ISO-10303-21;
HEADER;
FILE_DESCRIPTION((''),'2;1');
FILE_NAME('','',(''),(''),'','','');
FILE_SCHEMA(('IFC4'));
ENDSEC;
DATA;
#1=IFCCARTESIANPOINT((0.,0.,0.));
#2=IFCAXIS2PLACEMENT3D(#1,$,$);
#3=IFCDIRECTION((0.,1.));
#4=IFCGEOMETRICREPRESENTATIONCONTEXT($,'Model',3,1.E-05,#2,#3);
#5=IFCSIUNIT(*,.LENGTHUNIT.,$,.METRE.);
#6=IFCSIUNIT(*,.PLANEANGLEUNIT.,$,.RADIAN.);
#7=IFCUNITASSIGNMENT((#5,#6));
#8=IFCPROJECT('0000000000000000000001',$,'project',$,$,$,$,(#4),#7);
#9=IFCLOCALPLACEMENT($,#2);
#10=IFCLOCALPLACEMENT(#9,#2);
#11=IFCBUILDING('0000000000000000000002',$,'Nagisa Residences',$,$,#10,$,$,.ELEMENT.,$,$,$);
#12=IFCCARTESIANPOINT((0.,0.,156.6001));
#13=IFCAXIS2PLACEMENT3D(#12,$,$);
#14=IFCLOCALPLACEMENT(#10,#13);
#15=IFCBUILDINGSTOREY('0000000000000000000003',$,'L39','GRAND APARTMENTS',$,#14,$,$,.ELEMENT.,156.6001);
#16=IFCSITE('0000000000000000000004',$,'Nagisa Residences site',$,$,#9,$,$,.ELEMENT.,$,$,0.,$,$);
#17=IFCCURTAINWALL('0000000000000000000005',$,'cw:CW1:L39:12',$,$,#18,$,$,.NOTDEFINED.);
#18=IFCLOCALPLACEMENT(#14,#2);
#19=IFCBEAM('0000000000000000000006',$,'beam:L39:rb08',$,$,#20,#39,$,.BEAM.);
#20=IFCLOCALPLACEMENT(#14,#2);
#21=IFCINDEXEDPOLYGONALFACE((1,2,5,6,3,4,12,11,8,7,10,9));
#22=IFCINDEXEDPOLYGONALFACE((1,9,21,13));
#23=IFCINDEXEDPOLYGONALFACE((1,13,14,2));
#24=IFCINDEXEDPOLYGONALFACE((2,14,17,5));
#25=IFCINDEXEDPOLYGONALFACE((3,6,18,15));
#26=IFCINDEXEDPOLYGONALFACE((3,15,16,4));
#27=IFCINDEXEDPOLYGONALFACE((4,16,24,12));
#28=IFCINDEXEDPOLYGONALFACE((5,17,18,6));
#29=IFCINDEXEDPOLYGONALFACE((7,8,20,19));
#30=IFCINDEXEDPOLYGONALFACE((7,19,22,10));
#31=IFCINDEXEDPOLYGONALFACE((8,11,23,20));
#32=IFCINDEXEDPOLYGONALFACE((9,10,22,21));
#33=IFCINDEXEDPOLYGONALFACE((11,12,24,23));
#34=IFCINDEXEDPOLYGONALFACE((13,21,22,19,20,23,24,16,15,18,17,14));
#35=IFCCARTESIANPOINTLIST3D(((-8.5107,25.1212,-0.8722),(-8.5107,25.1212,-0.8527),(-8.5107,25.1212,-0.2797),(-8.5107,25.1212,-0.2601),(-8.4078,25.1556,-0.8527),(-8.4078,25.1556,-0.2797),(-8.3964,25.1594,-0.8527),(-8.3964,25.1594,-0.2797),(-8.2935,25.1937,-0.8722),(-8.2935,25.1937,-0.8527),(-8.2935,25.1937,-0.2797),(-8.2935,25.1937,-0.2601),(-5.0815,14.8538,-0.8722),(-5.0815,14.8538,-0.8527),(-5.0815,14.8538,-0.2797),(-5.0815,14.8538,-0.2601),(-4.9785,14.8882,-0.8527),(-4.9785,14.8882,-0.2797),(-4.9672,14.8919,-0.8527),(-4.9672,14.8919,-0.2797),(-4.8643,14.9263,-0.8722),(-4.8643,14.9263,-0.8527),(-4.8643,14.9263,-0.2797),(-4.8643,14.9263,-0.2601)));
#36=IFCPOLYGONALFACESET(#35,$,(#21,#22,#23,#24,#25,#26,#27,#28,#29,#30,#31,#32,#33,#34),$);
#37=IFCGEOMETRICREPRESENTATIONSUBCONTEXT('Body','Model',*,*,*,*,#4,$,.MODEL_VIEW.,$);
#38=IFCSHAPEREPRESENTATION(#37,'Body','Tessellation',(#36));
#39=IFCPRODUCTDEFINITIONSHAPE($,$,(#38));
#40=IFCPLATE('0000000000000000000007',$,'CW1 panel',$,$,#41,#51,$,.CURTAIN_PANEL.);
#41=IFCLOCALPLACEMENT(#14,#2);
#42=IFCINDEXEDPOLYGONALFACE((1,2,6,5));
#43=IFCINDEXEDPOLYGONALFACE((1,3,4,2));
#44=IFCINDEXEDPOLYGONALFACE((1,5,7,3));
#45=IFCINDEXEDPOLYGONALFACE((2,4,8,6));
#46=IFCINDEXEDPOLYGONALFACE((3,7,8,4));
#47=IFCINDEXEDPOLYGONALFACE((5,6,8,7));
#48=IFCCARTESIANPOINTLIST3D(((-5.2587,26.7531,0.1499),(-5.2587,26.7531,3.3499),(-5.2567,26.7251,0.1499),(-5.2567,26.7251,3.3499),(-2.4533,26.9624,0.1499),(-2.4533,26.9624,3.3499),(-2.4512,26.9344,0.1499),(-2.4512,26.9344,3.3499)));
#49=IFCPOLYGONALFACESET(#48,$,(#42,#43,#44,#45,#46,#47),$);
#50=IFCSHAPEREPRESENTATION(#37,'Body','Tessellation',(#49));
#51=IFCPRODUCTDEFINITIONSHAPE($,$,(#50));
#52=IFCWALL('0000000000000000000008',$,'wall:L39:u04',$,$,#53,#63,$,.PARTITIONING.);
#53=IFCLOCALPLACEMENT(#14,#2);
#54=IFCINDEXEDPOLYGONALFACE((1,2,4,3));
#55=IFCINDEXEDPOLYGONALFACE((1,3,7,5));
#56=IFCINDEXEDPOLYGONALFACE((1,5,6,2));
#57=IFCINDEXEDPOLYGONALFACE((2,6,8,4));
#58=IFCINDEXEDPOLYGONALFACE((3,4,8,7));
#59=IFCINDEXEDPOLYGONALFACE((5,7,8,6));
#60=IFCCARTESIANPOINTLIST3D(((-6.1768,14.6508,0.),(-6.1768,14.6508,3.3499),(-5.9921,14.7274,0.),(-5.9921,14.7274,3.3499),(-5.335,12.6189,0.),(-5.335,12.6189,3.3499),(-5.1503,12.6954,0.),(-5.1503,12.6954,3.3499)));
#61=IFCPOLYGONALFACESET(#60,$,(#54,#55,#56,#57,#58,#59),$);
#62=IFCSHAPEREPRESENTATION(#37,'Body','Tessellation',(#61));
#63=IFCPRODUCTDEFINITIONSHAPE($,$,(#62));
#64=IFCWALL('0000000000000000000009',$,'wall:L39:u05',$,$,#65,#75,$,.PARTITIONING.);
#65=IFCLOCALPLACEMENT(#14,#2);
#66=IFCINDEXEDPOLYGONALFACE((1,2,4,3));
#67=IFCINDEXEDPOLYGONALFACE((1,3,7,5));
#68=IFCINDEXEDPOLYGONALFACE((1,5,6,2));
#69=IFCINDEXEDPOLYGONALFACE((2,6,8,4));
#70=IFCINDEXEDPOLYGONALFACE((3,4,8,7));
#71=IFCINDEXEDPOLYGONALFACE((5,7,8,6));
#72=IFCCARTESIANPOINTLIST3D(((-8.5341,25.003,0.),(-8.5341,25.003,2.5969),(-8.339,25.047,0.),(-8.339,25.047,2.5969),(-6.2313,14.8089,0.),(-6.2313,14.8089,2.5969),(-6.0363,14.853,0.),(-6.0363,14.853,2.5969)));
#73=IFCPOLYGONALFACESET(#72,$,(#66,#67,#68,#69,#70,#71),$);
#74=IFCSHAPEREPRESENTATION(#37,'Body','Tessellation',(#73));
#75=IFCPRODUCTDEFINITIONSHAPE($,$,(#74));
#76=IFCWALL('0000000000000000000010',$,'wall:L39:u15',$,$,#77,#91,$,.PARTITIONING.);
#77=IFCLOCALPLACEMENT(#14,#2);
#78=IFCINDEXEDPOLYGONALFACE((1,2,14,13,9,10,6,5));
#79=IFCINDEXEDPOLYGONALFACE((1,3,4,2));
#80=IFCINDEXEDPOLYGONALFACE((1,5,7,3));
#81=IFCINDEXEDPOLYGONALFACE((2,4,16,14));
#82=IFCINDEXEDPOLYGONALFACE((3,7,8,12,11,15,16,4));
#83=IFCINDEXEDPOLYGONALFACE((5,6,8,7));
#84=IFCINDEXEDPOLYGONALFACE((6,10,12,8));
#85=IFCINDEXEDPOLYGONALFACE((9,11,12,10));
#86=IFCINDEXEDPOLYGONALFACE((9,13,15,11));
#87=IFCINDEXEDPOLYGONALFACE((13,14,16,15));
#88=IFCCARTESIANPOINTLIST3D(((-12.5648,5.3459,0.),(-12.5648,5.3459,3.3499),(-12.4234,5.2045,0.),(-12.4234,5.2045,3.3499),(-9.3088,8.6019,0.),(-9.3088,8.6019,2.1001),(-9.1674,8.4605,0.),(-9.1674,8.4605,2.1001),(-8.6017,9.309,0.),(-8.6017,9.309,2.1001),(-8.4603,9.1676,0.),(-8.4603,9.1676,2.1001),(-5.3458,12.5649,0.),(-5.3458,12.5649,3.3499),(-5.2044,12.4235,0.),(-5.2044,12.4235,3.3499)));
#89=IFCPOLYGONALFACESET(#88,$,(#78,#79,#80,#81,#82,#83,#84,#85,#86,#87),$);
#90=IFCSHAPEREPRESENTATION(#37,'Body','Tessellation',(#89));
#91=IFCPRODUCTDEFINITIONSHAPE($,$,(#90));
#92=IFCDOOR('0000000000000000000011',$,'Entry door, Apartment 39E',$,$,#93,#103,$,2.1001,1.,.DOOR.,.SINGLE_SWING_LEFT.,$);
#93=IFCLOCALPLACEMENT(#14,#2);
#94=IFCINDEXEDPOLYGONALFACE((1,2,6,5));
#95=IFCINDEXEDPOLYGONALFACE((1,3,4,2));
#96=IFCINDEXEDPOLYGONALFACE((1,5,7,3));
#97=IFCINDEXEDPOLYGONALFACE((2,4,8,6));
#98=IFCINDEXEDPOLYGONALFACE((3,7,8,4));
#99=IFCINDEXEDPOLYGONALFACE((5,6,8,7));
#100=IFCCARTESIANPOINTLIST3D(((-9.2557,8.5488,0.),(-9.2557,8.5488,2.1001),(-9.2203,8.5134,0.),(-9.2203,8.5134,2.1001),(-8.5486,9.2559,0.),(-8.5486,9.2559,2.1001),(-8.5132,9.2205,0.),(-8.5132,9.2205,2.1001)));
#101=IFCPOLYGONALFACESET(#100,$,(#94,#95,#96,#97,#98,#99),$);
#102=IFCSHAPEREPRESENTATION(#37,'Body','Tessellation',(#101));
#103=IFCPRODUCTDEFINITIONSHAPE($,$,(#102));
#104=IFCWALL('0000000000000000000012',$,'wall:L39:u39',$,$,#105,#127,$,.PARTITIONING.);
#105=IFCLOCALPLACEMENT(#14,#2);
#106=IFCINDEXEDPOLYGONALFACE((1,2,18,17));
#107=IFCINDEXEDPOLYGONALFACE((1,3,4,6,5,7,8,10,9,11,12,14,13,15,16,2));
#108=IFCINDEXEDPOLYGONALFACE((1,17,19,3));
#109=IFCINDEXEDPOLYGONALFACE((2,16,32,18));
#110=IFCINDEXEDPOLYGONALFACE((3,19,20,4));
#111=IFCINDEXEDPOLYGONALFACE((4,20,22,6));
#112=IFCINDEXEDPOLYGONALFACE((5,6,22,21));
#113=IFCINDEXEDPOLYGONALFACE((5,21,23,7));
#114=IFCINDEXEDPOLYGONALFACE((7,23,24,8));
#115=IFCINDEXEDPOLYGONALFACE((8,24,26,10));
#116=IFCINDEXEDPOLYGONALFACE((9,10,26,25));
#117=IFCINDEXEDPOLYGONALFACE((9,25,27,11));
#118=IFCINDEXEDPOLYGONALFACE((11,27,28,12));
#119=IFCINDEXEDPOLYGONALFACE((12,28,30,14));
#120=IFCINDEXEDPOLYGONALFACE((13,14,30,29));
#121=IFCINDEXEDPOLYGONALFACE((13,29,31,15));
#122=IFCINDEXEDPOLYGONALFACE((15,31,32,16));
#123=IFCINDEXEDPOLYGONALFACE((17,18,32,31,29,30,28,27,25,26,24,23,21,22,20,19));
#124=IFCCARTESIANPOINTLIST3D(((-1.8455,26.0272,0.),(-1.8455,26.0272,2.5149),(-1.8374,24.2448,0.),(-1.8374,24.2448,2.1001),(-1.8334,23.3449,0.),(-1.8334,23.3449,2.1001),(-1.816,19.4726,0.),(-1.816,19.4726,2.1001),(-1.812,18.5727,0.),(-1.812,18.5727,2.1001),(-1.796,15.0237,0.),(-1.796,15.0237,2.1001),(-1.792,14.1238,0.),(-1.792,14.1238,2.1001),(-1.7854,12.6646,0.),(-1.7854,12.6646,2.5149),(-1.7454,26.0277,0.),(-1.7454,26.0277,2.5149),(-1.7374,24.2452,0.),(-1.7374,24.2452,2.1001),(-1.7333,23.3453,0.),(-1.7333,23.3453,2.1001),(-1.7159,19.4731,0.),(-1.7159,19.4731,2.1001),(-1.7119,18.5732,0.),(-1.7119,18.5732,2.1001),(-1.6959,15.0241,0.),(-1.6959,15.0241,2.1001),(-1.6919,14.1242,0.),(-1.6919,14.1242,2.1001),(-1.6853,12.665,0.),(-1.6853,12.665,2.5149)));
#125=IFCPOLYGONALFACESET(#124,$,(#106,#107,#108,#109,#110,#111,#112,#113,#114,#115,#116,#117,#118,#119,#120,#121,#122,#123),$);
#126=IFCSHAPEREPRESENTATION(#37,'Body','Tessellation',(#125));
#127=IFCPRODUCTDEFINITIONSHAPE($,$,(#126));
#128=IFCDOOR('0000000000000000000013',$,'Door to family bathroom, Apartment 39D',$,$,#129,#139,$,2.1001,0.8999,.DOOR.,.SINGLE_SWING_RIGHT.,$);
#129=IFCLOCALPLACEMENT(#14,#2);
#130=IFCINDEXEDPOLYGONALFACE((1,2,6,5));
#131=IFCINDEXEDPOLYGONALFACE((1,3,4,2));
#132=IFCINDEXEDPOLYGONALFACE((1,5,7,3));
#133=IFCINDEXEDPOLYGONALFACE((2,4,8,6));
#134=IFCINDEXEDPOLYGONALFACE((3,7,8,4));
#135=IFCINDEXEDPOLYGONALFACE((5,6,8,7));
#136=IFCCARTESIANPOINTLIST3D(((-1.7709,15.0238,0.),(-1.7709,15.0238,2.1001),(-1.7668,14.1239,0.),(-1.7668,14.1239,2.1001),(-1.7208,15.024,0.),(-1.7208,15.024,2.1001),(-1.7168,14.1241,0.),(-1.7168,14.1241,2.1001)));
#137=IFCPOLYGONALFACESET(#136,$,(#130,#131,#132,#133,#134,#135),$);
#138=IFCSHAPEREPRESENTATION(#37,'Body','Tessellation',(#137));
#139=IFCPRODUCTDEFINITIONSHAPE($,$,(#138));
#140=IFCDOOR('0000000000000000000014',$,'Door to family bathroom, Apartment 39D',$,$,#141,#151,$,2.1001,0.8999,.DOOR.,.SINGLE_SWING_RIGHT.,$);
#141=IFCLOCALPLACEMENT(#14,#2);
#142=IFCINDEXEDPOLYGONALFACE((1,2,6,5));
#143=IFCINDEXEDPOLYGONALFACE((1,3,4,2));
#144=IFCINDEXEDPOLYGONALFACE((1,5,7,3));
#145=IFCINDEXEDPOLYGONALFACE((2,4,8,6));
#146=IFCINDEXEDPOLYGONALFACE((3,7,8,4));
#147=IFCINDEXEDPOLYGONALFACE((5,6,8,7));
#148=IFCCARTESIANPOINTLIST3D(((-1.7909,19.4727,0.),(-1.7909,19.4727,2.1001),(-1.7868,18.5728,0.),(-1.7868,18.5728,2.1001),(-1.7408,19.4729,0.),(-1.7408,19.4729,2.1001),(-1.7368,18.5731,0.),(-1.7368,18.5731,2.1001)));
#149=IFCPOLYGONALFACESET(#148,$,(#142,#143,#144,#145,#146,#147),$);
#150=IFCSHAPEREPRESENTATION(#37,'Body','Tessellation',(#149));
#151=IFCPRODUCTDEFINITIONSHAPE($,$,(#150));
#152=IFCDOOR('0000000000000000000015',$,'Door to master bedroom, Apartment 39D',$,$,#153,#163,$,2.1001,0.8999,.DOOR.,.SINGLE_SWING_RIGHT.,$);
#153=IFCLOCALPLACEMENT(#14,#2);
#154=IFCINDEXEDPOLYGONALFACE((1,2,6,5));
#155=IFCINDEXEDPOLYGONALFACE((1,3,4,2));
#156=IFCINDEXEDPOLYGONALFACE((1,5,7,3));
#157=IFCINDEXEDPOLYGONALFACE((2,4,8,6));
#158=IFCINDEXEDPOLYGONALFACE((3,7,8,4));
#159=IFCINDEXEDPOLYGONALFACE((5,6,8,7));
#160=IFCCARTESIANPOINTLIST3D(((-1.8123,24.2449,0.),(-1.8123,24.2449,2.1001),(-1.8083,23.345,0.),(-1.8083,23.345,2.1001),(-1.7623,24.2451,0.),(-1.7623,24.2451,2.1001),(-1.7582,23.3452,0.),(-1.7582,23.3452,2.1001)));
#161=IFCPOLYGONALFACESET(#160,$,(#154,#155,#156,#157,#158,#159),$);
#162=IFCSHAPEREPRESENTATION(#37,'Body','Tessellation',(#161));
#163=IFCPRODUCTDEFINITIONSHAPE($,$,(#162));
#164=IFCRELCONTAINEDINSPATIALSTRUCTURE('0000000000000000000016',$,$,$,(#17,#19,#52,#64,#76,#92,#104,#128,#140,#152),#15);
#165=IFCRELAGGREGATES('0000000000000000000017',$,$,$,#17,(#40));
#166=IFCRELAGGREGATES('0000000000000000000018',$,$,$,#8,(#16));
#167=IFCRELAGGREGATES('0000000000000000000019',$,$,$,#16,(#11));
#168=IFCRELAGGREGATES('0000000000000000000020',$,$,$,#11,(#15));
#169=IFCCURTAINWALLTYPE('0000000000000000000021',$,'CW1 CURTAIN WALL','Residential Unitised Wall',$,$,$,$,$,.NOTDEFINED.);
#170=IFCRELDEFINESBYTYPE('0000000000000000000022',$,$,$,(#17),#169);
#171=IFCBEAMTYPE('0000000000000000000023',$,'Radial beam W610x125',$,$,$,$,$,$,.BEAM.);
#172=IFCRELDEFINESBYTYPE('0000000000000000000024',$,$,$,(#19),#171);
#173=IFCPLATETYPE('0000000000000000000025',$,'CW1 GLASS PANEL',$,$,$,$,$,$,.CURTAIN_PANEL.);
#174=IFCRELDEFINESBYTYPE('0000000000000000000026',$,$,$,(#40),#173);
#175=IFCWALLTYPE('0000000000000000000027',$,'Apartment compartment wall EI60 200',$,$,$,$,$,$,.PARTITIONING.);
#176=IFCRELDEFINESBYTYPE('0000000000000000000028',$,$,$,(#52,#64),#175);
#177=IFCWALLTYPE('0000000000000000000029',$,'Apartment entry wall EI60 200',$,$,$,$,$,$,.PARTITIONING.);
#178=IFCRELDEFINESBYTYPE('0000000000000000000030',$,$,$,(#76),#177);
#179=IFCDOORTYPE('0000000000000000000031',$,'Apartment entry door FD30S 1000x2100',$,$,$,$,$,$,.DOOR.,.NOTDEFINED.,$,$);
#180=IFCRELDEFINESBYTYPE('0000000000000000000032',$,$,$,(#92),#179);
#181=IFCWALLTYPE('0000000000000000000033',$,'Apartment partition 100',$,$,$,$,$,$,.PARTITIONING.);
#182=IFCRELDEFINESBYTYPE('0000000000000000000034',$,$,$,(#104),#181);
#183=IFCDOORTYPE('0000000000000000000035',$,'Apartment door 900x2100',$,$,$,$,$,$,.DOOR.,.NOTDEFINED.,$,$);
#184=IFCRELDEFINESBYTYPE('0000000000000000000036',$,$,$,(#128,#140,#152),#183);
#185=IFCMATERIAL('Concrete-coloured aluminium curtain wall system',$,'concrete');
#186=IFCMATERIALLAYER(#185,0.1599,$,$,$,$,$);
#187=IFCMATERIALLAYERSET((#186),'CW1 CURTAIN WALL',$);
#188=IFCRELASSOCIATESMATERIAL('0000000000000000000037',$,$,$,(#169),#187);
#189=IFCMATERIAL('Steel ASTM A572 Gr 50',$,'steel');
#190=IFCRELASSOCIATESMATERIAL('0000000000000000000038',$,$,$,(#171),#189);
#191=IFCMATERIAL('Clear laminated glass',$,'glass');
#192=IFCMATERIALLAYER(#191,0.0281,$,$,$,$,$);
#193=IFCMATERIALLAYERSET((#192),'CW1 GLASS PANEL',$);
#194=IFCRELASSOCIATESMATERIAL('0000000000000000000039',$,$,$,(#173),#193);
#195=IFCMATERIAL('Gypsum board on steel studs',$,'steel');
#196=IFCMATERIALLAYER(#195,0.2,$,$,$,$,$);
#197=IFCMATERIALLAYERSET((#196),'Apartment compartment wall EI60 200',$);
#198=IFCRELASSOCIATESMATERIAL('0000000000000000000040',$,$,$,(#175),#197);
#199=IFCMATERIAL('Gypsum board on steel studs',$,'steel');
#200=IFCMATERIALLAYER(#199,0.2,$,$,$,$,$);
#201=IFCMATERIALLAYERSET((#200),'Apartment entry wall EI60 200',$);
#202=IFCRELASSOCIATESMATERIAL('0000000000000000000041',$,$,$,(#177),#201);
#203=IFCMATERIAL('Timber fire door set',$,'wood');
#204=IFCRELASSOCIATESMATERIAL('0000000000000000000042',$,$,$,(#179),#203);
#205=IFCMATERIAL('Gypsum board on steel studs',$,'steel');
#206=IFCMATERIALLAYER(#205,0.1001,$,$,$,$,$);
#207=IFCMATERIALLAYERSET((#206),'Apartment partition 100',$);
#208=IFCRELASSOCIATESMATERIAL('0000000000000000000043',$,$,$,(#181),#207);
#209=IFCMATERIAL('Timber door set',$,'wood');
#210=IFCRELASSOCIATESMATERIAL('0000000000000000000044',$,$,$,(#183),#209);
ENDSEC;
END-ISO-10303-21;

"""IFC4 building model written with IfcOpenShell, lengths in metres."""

from ifc_helpers import new_model, si_unit, direction, frame, frame_2d, origin, origin_2d, place, context, subcontext, project, spatial, rectangle, i_section, extrude, material, layer, layer_set, material_profile, profile_set, type_object, element, fill, aggregate, save


model = new_model("IFC4")

# Units and contexts
model_context = context("Model", 3, precision=1e-05, world=origin(), true_north=direction((0.0, 1.0)))
body_context = subcontext(model_context, "Body", "Model", "MODEL_VIEW")
ifc_project = project(units=[si_unit("LENGTHUNIT", "METRE"), si_unit("PLANEANGLEUNIT", "RADIAN")], contexts=[model_context])

# Site, building, storey
site_placement = place(None, origin())
site = spatial("IfcSite", under=ifc_project, at=site_placement, Name="Nagisa Residences site", CompositionType="ELEMENT", RefElevation=0.0)
building_placement = place(site_placement, origin())
building = spatial("IfcBuilding", under=site, at=building_placement, Name="Nagisa Residences", CompositionType="ELEMENT")
storey_placement = place(building_placement, frame((0.0, 0.0, 156.6001)))
storey = spatial("IfcBuildingStorey", under=building, at=storey_placement, Name="L39", Description="GRAND APARTMENTS", CompositionType="ELEMENT", Elevation=156.6001)

# Curtain wall
ifc_material_1 = material(Name="Concrete-coloured aluminium curtain wall system", Category="concrete")
ifc_layer_1 = layer(ifc_material_1, 0.1599)
ifc_layer_set_1 = layer_set([ifc_layer_1], Name="CW1 CURTAIN WALL")
curtain_wall_type = type_object("IfcCurtainWallType", Name="CW1 CURTAIN WALL", Description="Residential Unitised Wall", PredefinedType="NOTDEFINED", material=ifc_layer_set_1)
curtain_wall_1_placement = place(storey_placement, origin())
curtain_wall_1 = element("IfcCurtainWall", 1, at=curtain_wall_1_placement, inside=storey, type_object=curtain_wall_type, Name="cw:CW1:L39:12", PredefinedType="NOTDEFINED")

# Beam
ifc_material_2 = material(Name="Steel ASTM A572 Gr 50", Category="steel")
ifc_material_profile_1 = material_profile(ifc_material_2, i_section(OverallWidth=0.229, OverallDepth=0.6121, WebThickness=0.012, FlangeThickness=0.0195, at=origin_2d()), Name="W610x125")
ifc_profile_set_1 = profile_set([ifc_material_profile_1], Name="Steel ASTM A572 Gr 50")
beam_type_1 = type_object("IfcBeamType", Name="Radial beam W610x125", PredefinedType="BEAM", material=ifc_profile_set_1)
beam_1_placement = place(storey_placement, frame((-8.4021, 25.1575, -0.5662), z_axis=(0.316789, -0.948496, 0.0), x_axis=(0.948496, 0.316789, 0.0)))
element("IfcBeam", 2, at=beam_1_placement, inside=storey, type_object=beam_type_1, Name="beam:L39:rb08", PredefinedType="BEAM", context=body_context, shape_type="SweptSolid", body=[
    extrude(i_section(OverallWidth=0.229, OverallDepth=0.6121, WebThickness=0.012, FlangeThickness=0.0195, at=origin_2d()), origin(), (0.0, 0.0, 1.0), 10.825),
])

# Plate
ifc_material_3 = material(Name="Clear laminated glass", Category="glass")
ifc_layer_2 = layer(ifc_material_3, 0.0281)
ifc_layer_set_2 = layer_set([ifc_layer_2], Name="CW1 GLASS PANEL")
plate_type = type_object("IfcPlateType", Name="CW1 GLASS PANEL", PredefinedType="CURTAIN_PANEL", material=ifc_layer_set_2)
plate_placement = place(storey_placement, frame((-3.855, 26.8438, 0.1499), z_axis=(0.0, 0.0, 1.0), x_axis=(-0.99723, -0.074377, 0.0)))
plate = element("IfcPlate", 3, at=plate_placement, type_object=plate_type, Name="CW1 panel", PredefinedType="CURTAIN_PANEL", context=body_context, shape_type="SweptSolid", body=[
    extrude(rectangle(XDim=2.8132, YDim=0.0281, at=origin_2d()), origin(), (0.0, 0.0, 1.0), 3.2),
])
aggregate(curtain_wall_1, [plate])

# Walls
ifc_material_4 = material(Name="Gypsum board on steel studs", Category="steel")
ifc_layer_3 = layer(ifc_material_4, 0.2)
ifc_layer_set_3 = layer_set([ifc_layer_3], Name="Apartment compartment wall EI60 200")
wall_type_1 = type_object("IfcWallType", Name="Apartment compartment wall EI60 200", PredefinedType="PARTITIONING", material=ifc_layer_set_3)
wall_1_placement = place(storey_placement, frame((-5.2427, 12.6572, 0.0), z_axis=(0.0, 0.0, 1.0), x_axis=(-0.382731, 0.92386, 0.0)))
element("IfcWall", 4, at=wall_1_placement, inside=storey, type_object=wall_type_1, Name="wall:L39:u04", PredefinedType="PARTITIONING", context=body_context, shape_type="SweptSolid", body=[
    extrude(rectangle(XDim=2.1995, YDim=0.2, at=frame_2d((1.0996, 0.0))), origin(), (0.0, 0.0, 1.0), 3.3499),
])
wall_2_placement = place(storey_placement, frame((-6.1338, 14.8308, 0.0), z_axis=(0.0, 0.0, 1.0), x_axis=(-0.220338, 0.975424, 0.0)))
element("IfcWall", 5, at=wall_2_placement, inside=storey, type_object=wall_type_1, Name="wall:L39:u05", PredefinedType="PARTITIONING", context=body_context, shape_type="SweptSolid", body=[
    extrude(rectangle(XDim=10.4509, YDim=0.2, at=frame_2d((5.2256, 0.0))), origin(), (0.0, 0.0, 1.0), 2.5969),
])

# Wall, opening, door
ifc_material_5 = material(Name="Gypsum board on steel studs", Category="steel")
ifc_layer_4 = layer(ifc_material_5, 0.2)
ifc_layer_set_4 = layer_set([ifc_layer_4], Name="Apartment entry wall EI60 200")
wall_type_2 = type_object("IfcWallType", Name="Apartment entry wall EI60 200", PredefinedType="PARTITIONING", material=ifc_layer_set_4)
wall_3_placement = place(storey_placement, frame((-5.2751, 12.4941, 0.0), z_axis=(0.0, 0.0, 1.0), x_axis=(-0.707107, -0.707107, 0.0)))
wall_3 = element("IfcWall", 6, at=wall_3_placement, inside=storey, type_object=wall_type_2, Name="wall:L39:u15", PredefinedType="PARTITIONING", context=body_context, shape_type="SweptSolid", body=[
    extrude(rectangle(XDim=10.2092, YDim=0.2, at=frame_2d((5.1045, 0.0))), origin(), (0.0, 0.0, 1.0), 3.3499),
])
opening_1_placement = place(wall_3_placement, frame((4.6045, 0.0, 0.0)))
opening_1 = element("IfcOpeningElement", 7, at=opening_1_placement, cuts=wall_3, PredefinedType="OPENING", context=body_context, shape_type="SweptSolid", body=[
    extrude(rectangle(XDim=1.0, YDim=2.1001, at=frame_2d((0.5, 1.05))), frame((0.0, 0.1099, 0.0), z_axis=(0.0, -1.0, 0.0), x_axis=(1.0, 0.0, 0.0)), (0.0, 0.0, 1.0), 0.22),
])
ifc_material_6 = material(Name="Timber fire door set", Category="wood")
door_type_1 = type_object("IfcDoorType", Name="Apartment entry door FD30S 1000x2100", OperationType="NOTDEFINED", PredefinedType="DOOR", material=ifc_material_6)
door_1_placement = place(opening_1_placement, frame((1.0, 0.0, 0.0), x_axis=(-1.0, 0.0, 0.0)))
door_1 = element("IfcDoor", 8, at=door_1_placement, inside=storey, type_object=door_type_1, Name="Entry door, Apartment 39E", OperationType="SINGLE_SWING_LEFT", OverallHeight=2.1001, OverallWidth=1.0, PredefinedType="DOOR", context=body_context, shape_type="SweptSolid", body=[
    extrude(rectangle(XDim=1.0, YDim=2.1001, at=frame_2d((0.5, 1.05))), frame((0.0, 0.0249, 0.0), z_axis=(0.0, -1.0, 0.0), x_axis=(1.0, 0.0, 0.0)), (0.0, 0.0, 1.0), 0.05),
])
fill(opening_1, door_1)

# Wall, openings, doors
ifc_material_7 = material(Name="Gypsum board on steel studs", Category="steel")
ifc_layer_5 = layer(ifc_material_7, 0.1001)
ifc_layer_set_5 = layer_set([ifc_layer_5], Name="Apartment partition 100")
wall_type_3 = type_object("IfcWallType", Name="Apartment partition 100", PredefinedType="PARTITIONING", material=ifc_layer_set_5)
wall_4_placement = place(storey_placement, frame((-1.7354, 12.6648, 0.0), z_axis=(0.0, 0.0, 1.0), x_axis=(-0.004495, 0.99999, 0.0)))
wall_4 = element("IfcWall", 9, at=wall_4_placement, inside=storey, type_object=wall_type_3, Name="wall:L39:u39", PredefinedType="PARTITIONING", context=body_context, shape_type="SweptSolid", body=[
    extrude(rectangle(XDim=13.3628, YDim=0.1001, at=frame_2d((6.6814, 0.0))), origin(), (0.0, 0.0, 1.0), 2.5149),
])
opening_2_placement = place(wall_4_placement, frame((1.4592, 0.0, 0.0)))
opening_2 = element("IfcOpeningElement", 10, at=opening_2_placement, cuts=wall_4, PredefinedType="OPENING", context=body_context, shape_type="SweptSolid", body=[
    extrude(rectangle(XDim=0.8999, YDim=2.1001, at=frame_2d((0.45, 1.05))), frame((0.0, 0.0601, 0.0), z_axis=(0.0, -1.0, 0.0), x_axis=(1.0, 0.0, 0.0)), (0.0, 0.0, 1.0), 0.1201),
])
opening_3_placement = place(wall_4_placement, frame((5.9082, 0.0, 0.0)))
opening_3 = element("IfcOpeningElement", 11, at=opening_3_placement, cuts=wall_4, PredefinedType="OPENING", context=body_context, shape_type="SweptSolid", body=[
    extrude(rectangle(XDim=0.8999, YDim=2.1001, at=frame_2d((0.45, 1.05))), frame((0.0, 0.0601, 0.0), z_axis=(0.0, -1.0, 0.0), x_axis=(1.0, 0.0, 0.0)), (0.0, 0.0, 1.0), 0.1201),
])
opening_4_placement = place(wall_4_placement, frame((10.6804, 0.0, 0.0)))
opening_4 = element("IfcOpeningElement", 12, at=opening_4_placement, cuts=wall_4, PredefinedType="OPENING", context=body_context, shape_type="SweptSolid", body=[
    extrude(rectangle(XDim=0.8999, YDim=2.1001, at=frame_2d((0.45, 1.05))), frame((0.0, 0.0601, 0.0), z_axis=(0.0, -1.0, 0.0), x_axis=(1.0, 0.0, 0.0)), (0.0, 0.0, 1.0), 0.1201),
])
ifc_material_8 = material(Name="Timber door set", Category="wood")
door_type_2 = type_object("IfcDoorType", Name="Apartment door 900x2100", OperationType="NOTDEFINED", PredefinedType="DOOR", material=ifc_material_8)
door_2_placement = place(opening_2_placement, origin())
door_2 = element("IfcDoor", 13, at=door_2_placement, inside=storey, type_object=door_type_2, Name="Door to family bathroom, Apartment 39D", OperationType="SINGLE_SWING_RIGHT", OverallHeight=2.1001, OverallWidth=0.8999, PredefinedType="DOOR", context=body_context, shape_type="SweptSolid", body=[
    extrude(rectangle(XDim=0.8999, YDim=2.1001, at=frame_2d((0.45, 1.05))), frame((0.0, 0.0249, 0.0), z_axis=(0.0, -1.0, 0.0), x_axis=(1.0, 0.0, 0.0)), (0.0, 0.0, 1.0), 0.05),
])
fill(opening_2, door_2)
door_3_placement = place(opening_3_placement, origin())
door_3 = element("IfcDoor", 14, at=door_3_placement, inside=storey, type_object=door_type_2, Name="Door to family bathroom, Apartment 39D", OperationType="SINGLE_SWING_RIGHT", OverallHeight=2.1001, OverallWidth=0.8999, PredefinedType="DOOR", context=body_context, shape_type="SweptSolid", body=[
    extrude(rectangle(XDim=0.8999, YDim=2.1001, at=frame_2d((0.45, 1.05))), frame((0.0, 0.0249, 0.0), z_axis=(0.0, -1.0, 0.0), x_axis=(1.0, 0.0, 0.0)), (0.0, 0.0, 1.0), 0.05),
])
fill(opening_3, door_3)
door_4_placement = place(opening_4_placement, origin())
door_4 = element("IfcDoor", 15, at=door_4_placement, inside=storey, type_object=door_type_2, Name="Door to master bedroom, Apartment 39D", OperationType="SINGLE_SWING_RIGHT", OverallHeight=2.1001, OverallWidth=0.8999, PredefinedType="DOOR", context=body_context, shape_type="SweptSolid", body=[
    extrude(rectangle(XDim=0.8999, YDim=2.1001, at=frame_2d((0.45, 1.05))), frame((0.0, 0.0249, 0.0), z_axis=(0.0, -1.0, 0.0), x_axis=(1.0, 0.0, 0.0)), (0.0, 0.0, 1.0), 0.05),
])
fill(opening_4, door_4)

save(model, "model.ifc")
